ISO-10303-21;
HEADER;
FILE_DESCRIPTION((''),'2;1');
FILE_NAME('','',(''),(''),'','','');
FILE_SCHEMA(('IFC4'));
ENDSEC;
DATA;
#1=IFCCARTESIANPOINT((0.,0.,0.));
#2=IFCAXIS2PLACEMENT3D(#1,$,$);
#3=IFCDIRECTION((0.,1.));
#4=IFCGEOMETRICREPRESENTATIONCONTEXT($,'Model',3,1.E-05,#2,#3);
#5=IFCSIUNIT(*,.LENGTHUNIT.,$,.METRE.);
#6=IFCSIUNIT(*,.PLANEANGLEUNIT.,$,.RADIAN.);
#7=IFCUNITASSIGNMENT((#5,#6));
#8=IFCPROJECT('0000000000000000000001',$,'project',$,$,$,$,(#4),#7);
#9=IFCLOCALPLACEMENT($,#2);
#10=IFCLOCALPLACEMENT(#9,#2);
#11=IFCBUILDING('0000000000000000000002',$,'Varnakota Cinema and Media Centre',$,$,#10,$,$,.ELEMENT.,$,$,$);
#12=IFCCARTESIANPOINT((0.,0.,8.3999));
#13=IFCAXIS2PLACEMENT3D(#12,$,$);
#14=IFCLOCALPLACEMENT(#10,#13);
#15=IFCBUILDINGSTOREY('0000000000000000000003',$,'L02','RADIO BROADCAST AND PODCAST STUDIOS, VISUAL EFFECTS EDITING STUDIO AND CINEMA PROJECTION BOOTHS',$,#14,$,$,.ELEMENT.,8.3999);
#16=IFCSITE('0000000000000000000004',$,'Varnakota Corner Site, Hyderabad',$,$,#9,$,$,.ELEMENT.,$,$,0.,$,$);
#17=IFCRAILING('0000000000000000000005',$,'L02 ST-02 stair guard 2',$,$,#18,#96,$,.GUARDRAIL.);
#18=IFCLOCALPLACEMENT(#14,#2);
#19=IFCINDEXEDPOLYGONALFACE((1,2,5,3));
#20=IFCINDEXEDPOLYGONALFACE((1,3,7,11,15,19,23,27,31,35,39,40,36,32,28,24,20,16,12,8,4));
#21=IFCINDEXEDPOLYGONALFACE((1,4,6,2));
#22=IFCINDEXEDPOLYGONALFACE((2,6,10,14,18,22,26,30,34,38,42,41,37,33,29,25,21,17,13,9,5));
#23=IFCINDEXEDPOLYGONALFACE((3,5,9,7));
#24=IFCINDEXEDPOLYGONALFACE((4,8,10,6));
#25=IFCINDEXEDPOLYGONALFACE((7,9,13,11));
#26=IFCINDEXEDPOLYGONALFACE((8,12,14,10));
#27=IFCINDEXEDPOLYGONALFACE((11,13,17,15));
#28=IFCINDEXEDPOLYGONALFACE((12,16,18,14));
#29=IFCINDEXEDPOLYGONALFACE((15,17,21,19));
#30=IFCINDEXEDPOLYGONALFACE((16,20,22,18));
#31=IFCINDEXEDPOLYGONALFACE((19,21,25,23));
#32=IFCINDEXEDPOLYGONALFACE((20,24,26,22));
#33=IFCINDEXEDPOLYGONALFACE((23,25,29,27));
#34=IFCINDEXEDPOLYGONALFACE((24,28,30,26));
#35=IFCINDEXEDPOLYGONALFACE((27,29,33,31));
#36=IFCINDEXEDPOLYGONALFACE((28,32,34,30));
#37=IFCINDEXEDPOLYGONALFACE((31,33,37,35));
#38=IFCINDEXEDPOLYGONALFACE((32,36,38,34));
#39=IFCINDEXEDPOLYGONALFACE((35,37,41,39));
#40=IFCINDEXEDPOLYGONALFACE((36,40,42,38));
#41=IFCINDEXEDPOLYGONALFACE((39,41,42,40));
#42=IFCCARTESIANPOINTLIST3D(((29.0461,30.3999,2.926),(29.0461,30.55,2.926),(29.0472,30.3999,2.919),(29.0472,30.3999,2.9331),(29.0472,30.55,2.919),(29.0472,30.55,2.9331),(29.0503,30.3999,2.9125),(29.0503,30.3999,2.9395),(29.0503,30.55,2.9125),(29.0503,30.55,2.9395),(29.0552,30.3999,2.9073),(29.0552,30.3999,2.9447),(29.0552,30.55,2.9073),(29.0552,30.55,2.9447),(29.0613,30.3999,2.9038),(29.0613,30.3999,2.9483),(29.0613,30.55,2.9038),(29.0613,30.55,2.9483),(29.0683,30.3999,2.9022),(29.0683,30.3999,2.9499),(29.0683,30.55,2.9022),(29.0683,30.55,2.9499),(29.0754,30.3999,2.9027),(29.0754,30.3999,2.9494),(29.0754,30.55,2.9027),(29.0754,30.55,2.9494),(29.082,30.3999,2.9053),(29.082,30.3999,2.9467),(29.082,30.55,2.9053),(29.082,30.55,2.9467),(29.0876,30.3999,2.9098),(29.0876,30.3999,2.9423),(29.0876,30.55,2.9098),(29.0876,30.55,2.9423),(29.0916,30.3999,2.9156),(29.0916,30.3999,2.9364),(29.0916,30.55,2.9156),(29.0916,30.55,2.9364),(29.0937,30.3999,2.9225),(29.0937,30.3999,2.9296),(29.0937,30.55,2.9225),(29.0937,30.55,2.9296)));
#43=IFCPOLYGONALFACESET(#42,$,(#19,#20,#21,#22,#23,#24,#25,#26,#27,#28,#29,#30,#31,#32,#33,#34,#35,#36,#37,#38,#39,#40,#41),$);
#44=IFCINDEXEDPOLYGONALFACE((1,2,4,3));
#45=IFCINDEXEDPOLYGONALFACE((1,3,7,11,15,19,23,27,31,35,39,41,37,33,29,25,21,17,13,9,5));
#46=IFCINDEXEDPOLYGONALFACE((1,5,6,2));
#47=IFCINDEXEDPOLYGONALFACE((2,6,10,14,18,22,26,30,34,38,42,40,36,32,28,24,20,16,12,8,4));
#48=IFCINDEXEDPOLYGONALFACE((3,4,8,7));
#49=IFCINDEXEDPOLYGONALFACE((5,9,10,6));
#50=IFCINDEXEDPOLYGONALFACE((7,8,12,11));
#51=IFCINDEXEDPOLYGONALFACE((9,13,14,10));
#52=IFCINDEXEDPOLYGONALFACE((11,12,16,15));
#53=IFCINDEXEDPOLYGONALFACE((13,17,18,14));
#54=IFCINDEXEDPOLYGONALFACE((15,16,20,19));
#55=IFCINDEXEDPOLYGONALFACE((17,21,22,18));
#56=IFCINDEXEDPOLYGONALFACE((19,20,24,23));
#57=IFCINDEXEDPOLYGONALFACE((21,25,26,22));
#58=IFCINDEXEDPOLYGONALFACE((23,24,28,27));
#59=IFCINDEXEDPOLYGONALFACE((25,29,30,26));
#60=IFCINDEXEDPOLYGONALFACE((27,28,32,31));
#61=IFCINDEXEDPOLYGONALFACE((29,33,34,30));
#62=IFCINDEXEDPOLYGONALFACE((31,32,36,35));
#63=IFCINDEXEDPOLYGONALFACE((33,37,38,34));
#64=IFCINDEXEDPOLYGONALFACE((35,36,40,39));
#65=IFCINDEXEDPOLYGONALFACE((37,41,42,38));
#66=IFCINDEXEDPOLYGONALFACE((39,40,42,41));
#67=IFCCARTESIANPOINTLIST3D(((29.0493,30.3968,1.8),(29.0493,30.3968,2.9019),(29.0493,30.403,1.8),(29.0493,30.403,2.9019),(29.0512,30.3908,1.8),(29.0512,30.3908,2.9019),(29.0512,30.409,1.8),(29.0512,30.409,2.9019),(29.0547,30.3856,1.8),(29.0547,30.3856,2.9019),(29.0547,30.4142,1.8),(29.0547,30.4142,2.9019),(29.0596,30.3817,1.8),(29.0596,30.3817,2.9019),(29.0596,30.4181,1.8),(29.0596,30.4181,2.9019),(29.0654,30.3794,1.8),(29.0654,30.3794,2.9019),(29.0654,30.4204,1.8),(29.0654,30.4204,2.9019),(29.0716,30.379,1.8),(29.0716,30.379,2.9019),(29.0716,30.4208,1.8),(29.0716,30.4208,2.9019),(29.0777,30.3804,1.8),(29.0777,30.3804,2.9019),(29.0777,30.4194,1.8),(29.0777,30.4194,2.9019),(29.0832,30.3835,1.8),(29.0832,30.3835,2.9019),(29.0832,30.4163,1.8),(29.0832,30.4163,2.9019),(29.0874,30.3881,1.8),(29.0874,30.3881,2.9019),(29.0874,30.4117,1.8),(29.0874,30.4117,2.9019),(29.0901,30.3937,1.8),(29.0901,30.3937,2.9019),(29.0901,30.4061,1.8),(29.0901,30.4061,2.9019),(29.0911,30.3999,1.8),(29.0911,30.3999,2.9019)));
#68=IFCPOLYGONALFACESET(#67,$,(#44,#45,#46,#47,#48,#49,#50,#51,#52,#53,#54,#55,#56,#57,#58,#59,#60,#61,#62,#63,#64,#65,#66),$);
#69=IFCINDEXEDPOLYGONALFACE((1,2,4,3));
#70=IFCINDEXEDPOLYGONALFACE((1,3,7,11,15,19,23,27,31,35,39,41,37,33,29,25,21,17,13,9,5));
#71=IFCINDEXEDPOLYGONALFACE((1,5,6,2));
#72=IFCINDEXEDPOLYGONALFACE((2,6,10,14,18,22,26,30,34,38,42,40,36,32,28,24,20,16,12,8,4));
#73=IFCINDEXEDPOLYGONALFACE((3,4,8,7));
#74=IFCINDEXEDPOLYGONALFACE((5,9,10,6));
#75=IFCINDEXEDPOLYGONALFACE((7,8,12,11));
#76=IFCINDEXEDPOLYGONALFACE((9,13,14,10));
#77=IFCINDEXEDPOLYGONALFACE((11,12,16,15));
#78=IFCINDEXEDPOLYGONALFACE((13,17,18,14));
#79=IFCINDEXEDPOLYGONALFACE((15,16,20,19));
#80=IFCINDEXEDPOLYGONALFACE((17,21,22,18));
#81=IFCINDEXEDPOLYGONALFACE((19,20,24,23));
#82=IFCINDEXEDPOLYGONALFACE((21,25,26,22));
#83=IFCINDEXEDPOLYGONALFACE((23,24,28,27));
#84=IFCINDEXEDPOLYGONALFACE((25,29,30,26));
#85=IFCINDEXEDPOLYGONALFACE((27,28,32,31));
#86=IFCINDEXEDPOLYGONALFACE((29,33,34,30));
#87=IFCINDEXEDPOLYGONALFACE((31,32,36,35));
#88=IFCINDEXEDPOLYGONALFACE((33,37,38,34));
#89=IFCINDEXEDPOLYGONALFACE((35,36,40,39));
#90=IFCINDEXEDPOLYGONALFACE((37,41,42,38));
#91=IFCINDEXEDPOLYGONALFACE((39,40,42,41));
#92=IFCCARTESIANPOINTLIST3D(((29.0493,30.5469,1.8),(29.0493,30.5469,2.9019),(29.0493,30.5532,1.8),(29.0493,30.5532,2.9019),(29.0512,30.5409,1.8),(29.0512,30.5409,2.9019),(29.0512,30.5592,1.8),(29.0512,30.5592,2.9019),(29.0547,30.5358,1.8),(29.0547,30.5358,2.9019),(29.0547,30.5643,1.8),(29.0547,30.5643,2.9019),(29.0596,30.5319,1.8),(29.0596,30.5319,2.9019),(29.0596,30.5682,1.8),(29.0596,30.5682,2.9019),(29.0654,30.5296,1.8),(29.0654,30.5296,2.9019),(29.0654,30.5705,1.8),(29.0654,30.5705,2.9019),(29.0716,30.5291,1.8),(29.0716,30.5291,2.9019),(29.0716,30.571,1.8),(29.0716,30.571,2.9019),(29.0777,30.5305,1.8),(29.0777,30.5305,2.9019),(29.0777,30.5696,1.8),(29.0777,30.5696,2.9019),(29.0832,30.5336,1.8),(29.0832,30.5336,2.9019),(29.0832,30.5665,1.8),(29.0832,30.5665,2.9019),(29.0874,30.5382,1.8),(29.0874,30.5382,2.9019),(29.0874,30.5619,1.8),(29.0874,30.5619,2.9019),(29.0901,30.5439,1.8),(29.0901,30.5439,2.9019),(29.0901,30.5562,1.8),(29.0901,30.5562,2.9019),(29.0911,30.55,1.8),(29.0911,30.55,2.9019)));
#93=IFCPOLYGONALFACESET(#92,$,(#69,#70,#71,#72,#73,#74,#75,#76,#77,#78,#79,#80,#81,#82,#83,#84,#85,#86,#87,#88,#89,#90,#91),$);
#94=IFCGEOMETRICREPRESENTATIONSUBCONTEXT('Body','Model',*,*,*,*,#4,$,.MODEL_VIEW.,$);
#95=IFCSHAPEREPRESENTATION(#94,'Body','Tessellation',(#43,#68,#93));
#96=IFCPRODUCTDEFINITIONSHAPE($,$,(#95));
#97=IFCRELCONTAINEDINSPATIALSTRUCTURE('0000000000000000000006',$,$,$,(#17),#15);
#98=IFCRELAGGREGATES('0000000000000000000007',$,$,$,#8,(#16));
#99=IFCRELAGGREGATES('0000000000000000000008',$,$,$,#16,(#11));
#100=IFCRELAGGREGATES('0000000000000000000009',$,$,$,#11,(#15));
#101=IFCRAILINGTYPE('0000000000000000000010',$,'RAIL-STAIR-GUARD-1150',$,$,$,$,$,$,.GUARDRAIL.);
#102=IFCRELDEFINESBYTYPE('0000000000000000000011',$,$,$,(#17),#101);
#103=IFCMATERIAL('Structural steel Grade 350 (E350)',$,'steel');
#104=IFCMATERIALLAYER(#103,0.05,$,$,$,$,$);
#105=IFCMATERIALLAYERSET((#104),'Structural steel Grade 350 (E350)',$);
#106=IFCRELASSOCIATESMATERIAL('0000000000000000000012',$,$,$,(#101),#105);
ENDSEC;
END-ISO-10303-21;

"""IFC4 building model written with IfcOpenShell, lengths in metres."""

from ifc_helpers import new_model, si_unit, direction, frame, origin, origin_2d, place, context, subcontext, project, spatial, circle, extrude, material, layer, layer_set, type_object, element, save


model = new_model("IFC4")

# Units and contexts
model_context = context("Model", 3, precision=1e-05, world=origin(), true_north=direction((0.0, 1.0)))
body_context = subcontext(model_context, "Body", "Model", "MODEL_VIEW")
ifc_project = project(units=[si_unit("LENGTHUNIT", "METRE"), si_unit("PLANEANGLEUNIT", "RADIAN")], contexts=[model_context])

# Site, building, storey
site_placement = place(None, origin())
site = spatial("IfcSite", under=ifc_project, at=site_placement, Name="Varnakota Corner Site, Hyderabad", CompositionType="ELEMENT", RefElevation=0.0)
building_placement = place(site_placement, origin())
building = spatial("IfcBuilding", under=site, at=building_placement, Name="Varnakota Cinema and Media Centre", CompositionType="ELEMENT")
storey_placement = place(building_placement, frame((0.0, 0.0, 8.3999)))
storey = spatial("IfcBuildingStorey", under=building, at=storey_placement, Name="L02", Description="RADIO BROADCAST AND PODCAST STUDIOS, VISUAL EFFECTS EDITING STUDIO AND CINEMA PROJECTION BOOTHS", CompositionType="ELEMENT", Elevation=8.3999)

# Railing
ifc_material_1 = material(Name="Structural steel Grade 350 (E350)", Category="steel")
ifc_layer_1 = layer(ifc_material_1, 0.05)
ifc_layer_set_1 = layer_set([ifc_layer_1], Name="Structural steel Grade 350 (E350)")
railing_type_1 = type_object("IfcRailingType", Name="RAIL-STAIR-GUARD-1150", PredefinedType="GUARDRAIL", material=ifc_layer_set_1)
railing_1_placement = place(storey_placement, frame((29.0701, 30.3999, 1.8)))
element("IfcRailing", 1, at=railing_1_placement, inside=storey, type_object=railing_type_1, Name="L02 ST-02 stair guard 2", PredefinedType="GUARDRAIL", context=body_context, shape_type="SweptSolid", body=[
    extrude(circle(Radius=0.0239, at=origin_2d()), frame((0.0, 0.0, 1.126), z_axis=(0.0, 1.0, 0.0), x_axis=(-1.0, 0.0, 0.0)), (0.0, 0.0, 1.0), 0.1501),
    extrude(circle(Radius=0.021, at=origin_2d()), origin(), (0.0, 0.0, 1.0), 1.1018),
    extrude(circle(Radius=0.021, at=origin_2d()), frame((0.0, 0.1501, 0.0)), (0.0, 0.0, 1.0), 1.1018),
])

save(model, "model.ifc")
